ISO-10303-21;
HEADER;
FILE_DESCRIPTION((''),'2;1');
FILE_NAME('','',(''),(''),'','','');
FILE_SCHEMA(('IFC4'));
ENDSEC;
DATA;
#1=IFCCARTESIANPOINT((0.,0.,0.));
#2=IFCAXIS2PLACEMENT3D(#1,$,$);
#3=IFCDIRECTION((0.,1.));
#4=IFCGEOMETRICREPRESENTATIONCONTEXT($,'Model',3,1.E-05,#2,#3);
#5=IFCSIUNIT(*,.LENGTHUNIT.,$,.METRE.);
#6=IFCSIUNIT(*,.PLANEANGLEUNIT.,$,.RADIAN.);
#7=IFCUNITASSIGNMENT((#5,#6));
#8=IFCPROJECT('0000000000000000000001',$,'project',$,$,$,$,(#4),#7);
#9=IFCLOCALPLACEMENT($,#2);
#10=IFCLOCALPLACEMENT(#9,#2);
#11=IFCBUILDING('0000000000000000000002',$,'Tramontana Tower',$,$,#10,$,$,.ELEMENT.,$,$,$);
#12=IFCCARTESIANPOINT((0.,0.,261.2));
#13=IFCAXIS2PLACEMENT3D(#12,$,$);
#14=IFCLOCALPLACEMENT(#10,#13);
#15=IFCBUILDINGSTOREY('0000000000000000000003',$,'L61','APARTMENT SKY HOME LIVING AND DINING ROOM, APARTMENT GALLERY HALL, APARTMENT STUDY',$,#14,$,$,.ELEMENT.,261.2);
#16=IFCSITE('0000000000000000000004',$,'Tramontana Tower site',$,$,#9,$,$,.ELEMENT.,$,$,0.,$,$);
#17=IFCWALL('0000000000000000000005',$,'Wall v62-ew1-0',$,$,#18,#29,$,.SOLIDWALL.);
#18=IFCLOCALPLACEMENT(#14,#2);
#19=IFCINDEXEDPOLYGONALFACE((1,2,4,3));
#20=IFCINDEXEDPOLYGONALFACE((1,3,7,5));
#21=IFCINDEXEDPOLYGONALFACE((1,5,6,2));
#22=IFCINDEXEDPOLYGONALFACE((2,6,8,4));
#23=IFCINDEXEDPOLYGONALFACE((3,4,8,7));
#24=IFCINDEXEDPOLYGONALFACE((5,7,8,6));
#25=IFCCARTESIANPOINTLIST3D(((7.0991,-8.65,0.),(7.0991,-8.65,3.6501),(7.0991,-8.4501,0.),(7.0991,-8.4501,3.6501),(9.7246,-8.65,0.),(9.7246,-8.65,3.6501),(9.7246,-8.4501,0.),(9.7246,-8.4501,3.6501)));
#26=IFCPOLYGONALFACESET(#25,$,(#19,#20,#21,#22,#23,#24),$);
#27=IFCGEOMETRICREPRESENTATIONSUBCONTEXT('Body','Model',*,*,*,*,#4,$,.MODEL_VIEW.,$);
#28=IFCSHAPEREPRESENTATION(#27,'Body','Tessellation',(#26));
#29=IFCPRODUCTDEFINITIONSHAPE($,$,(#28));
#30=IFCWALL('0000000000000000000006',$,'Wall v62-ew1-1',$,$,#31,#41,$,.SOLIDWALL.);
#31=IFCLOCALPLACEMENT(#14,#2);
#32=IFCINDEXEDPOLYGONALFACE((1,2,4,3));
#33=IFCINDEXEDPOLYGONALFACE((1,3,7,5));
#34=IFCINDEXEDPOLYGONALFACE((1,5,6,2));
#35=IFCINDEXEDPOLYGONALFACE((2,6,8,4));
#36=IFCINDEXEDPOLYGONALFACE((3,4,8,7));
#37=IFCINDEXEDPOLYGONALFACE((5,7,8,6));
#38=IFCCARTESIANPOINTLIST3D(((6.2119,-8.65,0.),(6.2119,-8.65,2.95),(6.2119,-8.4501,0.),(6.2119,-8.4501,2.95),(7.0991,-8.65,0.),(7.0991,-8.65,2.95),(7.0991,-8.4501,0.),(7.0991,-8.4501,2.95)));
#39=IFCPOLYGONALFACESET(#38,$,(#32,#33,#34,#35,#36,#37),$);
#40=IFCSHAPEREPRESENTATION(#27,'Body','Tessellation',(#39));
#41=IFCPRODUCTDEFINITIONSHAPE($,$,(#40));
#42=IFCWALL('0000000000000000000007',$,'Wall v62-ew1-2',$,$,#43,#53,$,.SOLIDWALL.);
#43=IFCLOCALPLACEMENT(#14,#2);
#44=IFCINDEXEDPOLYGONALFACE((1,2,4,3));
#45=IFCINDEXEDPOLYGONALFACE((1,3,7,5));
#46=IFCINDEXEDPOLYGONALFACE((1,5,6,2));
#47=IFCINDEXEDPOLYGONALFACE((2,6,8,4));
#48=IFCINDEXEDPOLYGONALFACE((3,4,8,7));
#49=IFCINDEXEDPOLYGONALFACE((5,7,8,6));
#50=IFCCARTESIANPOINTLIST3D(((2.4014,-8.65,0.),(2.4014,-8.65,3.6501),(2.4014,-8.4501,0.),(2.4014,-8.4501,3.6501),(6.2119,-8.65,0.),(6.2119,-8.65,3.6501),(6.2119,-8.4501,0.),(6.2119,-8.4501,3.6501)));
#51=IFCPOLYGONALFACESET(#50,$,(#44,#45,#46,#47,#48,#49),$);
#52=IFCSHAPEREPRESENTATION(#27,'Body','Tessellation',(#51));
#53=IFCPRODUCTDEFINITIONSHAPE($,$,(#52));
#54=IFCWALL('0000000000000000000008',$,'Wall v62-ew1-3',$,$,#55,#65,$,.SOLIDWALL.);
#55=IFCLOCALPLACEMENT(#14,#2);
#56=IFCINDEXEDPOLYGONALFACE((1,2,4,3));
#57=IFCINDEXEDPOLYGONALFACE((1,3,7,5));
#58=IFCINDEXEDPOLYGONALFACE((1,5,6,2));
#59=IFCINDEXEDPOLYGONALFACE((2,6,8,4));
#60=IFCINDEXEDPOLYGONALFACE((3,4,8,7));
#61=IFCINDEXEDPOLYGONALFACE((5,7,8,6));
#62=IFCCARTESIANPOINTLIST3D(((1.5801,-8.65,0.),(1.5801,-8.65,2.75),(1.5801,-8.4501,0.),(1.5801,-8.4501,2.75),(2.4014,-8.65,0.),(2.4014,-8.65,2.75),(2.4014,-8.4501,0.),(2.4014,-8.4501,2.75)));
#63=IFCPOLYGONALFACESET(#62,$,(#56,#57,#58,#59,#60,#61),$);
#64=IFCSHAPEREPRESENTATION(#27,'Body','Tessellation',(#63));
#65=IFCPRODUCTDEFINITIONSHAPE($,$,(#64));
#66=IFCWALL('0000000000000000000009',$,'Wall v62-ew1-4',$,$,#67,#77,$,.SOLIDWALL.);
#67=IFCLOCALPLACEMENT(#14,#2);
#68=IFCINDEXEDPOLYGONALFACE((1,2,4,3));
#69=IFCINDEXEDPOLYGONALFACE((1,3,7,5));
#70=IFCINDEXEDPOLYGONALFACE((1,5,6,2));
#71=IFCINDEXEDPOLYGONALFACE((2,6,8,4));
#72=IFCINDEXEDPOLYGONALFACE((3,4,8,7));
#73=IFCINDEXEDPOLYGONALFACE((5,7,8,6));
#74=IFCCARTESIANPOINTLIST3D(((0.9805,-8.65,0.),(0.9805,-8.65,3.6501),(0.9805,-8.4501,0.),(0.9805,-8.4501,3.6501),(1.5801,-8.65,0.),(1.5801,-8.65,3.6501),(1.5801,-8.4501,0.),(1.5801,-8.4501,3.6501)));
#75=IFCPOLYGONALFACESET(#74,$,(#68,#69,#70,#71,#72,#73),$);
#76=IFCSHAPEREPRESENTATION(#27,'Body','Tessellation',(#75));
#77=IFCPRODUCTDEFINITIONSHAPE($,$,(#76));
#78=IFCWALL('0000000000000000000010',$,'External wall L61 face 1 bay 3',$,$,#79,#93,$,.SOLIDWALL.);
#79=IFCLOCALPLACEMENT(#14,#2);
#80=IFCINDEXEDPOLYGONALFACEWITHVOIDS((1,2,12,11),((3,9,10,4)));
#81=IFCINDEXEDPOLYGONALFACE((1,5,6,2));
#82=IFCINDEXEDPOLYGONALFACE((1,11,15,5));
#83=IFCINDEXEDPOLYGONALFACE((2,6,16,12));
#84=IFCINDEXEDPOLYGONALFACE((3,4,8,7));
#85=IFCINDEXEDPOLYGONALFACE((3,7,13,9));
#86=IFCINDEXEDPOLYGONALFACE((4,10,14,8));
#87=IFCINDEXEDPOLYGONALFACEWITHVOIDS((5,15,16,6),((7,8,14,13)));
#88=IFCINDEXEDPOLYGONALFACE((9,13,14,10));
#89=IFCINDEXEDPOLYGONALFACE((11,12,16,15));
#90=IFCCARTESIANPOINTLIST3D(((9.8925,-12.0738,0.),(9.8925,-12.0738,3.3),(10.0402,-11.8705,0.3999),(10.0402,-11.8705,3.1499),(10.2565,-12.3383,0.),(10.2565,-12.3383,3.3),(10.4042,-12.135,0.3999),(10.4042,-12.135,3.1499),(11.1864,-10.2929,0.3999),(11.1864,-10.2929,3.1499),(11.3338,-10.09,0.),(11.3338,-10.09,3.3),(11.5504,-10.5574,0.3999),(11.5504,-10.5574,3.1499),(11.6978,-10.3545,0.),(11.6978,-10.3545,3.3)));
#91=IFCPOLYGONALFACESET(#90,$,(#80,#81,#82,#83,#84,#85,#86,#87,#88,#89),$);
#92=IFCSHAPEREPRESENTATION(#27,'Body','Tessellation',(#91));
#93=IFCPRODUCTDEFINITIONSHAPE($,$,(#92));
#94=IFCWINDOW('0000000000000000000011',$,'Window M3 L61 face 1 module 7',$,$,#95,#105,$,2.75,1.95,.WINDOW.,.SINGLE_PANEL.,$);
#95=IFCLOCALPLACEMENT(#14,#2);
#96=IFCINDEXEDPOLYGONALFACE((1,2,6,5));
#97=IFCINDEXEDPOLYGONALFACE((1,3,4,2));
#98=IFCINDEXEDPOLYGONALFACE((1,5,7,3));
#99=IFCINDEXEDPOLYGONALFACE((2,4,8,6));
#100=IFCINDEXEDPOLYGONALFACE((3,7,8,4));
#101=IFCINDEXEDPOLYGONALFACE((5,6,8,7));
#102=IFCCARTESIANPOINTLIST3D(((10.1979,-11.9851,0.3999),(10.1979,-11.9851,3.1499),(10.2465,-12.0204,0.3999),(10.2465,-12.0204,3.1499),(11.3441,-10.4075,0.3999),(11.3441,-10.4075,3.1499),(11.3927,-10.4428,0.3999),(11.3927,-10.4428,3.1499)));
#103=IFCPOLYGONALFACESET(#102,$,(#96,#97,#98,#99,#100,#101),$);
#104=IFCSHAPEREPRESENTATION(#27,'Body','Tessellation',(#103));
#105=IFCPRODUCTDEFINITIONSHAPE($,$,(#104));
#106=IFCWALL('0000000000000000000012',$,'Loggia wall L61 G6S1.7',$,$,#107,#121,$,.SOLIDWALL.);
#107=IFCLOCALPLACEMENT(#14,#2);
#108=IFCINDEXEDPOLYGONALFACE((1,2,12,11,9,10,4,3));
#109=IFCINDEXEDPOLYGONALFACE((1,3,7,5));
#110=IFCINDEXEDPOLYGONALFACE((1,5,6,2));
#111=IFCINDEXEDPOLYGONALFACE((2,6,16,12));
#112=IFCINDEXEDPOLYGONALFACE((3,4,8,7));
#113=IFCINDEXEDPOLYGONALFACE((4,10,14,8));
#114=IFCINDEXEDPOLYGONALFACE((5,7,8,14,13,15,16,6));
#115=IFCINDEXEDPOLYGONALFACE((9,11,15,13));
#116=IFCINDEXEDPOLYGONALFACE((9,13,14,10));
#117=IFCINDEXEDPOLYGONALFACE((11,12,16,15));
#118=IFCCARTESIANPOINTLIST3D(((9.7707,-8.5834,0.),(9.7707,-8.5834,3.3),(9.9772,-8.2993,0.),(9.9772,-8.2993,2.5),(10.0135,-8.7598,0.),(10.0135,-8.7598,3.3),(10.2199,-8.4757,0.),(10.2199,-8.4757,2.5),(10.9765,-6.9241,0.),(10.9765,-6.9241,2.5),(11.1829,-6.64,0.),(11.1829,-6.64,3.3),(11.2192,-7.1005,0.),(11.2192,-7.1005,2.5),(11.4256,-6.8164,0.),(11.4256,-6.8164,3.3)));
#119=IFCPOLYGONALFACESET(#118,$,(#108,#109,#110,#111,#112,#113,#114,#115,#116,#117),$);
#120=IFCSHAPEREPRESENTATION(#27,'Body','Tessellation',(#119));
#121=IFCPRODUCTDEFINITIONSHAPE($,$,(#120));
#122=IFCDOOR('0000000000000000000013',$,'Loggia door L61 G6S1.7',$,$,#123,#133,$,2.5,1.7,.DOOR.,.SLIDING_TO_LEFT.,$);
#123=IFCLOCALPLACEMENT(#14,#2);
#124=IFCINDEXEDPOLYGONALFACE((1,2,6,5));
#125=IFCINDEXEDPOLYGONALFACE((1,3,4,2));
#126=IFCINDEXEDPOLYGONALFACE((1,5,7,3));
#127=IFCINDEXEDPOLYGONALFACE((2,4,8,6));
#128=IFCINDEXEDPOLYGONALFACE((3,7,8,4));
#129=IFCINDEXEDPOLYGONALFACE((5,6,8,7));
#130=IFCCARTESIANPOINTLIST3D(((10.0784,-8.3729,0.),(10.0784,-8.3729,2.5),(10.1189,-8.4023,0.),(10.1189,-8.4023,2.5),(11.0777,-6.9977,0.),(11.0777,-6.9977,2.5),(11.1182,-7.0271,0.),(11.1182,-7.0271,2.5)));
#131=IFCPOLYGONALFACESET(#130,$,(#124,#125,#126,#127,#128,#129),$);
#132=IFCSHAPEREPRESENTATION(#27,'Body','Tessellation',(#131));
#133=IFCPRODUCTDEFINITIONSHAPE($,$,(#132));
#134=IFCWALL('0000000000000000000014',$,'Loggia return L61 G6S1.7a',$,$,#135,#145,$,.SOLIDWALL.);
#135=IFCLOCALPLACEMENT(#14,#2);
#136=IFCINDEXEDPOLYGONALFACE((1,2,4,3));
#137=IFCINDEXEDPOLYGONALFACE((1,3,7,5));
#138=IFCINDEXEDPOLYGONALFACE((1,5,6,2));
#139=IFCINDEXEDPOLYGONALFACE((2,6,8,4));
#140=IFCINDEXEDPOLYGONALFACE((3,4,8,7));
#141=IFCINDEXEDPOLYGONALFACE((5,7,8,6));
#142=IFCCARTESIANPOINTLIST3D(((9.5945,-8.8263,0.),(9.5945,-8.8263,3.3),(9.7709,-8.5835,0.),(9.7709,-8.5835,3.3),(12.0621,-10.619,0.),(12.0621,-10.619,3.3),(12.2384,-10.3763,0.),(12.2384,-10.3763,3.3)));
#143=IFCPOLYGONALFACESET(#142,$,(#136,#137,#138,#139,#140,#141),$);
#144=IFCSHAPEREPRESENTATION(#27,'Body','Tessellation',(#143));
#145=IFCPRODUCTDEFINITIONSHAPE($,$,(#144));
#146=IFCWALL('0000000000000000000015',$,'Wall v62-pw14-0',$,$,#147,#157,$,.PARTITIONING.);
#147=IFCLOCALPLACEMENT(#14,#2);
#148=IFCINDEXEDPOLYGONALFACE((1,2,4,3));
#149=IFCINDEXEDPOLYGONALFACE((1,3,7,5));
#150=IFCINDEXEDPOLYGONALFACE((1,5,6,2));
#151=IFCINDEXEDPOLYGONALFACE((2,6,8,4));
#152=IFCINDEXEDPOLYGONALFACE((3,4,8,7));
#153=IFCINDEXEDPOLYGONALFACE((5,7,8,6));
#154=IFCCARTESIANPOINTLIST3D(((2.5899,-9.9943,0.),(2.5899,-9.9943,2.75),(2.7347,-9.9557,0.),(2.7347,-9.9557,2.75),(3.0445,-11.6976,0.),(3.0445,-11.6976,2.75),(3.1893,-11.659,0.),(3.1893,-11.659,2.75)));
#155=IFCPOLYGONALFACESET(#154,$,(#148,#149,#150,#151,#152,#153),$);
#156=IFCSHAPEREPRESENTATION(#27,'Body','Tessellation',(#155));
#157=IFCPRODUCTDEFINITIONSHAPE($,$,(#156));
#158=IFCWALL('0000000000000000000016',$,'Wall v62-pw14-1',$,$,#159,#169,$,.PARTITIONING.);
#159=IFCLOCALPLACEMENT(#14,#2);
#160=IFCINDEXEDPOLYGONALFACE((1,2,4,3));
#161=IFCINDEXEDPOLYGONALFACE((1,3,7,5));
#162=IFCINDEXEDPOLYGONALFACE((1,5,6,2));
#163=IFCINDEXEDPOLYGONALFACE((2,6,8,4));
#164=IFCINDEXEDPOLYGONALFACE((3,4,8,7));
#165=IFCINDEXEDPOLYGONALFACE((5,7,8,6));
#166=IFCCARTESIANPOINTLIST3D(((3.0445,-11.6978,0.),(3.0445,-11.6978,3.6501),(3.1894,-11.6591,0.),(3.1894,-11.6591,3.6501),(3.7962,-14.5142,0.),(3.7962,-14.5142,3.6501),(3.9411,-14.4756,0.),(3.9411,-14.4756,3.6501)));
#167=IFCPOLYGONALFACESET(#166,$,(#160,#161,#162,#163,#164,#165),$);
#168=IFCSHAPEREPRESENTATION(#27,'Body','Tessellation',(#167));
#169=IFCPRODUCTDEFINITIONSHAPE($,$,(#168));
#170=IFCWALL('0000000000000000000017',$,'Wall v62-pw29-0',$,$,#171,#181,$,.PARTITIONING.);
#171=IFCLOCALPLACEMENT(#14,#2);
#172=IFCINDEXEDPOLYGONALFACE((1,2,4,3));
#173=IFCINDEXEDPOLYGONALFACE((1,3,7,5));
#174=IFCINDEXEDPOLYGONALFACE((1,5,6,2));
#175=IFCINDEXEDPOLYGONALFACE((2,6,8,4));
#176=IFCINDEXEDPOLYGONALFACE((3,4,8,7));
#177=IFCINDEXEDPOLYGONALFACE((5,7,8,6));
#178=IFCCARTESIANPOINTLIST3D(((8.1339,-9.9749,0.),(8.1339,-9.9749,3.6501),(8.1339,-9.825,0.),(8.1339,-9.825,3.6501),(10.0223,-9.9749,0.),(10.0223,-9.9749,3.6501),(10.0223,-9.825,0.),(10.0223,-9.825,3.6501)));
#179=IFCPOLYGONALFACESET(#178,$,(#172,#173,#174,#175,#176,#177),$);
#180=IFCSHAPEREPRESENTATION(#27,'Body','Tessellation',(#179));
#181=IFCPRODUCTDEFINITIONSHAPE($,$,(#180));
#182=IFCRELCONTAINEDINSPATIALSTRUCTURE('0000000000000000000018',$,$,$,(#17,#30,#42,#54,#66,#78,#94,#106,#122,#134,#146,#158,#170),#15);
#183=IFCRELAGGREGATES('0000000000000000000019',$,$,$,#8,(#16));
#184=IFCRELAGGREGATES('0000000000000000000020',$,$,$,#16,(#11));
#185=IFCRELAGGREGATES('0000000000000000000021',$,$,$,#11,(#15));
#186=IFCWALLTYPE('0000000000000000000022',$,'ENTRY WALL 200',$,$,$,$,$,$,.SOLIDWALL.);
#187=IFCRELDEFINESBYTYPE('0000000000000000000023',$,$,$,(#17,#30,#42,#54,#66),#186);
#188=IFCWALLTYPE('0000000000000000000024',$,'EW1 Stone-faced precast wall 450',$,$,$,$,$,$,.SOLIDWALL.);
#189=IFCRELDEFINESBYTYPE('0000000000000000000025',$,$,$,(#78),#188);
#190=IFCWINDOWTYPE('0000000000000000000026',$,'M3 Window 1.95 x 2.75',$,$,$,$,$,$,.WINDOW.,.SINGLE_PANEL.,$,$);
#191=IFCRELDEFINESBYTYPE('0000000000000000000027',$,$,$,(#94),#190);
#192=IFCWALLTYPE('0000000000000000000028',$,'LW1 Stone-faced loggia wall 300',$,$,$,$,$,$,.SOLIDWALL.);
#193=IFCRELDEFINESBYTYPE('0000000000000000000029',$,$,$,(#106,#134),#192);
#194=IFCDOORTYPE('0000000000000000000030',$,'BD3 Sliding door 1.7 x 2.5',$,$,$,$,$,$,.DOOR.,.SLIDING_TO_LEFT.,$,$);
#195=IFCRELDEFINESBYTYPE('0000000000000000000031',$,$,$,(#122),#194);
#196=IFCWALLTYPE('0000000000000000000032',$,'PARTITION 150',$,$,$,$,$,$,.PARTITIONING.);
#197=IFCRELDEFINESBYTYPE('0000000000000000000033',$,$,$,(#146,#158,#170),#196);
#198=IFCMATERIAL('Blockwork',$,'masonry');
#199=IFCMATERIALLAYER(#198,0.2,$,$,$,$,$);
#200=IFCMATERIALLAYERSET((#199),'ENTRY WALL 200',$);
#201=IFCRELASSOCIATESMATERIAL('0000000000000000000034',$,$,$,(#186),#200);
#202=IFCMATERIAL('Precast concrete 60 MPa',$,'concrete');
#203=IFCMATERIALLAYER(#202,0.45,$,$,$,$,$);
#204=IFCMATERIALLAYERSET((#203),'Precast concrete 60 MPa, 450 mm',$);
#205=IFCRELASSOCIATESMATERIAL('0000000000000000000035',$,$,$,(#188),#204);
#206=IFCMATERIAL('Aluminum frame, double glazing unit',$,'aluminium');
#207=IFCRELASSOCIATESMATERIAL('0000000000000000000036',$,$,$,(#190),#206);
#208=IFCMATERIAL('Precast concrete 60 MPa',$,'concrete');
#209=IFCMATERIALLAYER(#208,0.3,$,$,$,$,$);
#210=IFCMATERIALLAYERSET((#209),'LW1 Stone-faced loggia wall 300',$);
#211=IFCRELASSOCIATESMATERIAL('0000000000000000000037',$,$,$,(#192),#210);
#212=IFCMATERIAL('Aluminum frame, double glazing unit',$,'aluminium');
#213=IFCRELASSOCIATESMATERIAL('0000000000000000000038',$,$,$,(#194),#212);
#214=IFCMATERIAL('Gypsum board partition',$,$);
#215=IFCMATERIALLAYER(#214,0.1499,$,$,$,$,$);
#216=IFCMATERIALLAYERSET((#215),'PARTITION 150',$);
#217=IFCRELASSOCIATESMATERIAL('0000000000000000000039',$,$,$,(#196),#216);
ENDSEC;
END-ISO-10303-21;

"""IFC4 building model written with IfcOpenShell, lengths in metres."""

from ifc_helpers import new_model, si_unit, direction, frame, frame_2d, origin, place, context, subcontext, project, spatial, rectangle, extrude, material, layer, layer_set, type_object, element, fill, save


model = new_model("IFC4")

# Units and contexts
model_context = context("Model", 3, precision=1e-05, world=origin(), true_north=direction((0.0, 1.0)))
body_context = subcontext(model_context, "Body", "Model", "MODEL_VIEW")
ifc_project = project(units=[si_unit("LENGTHUNIT", "METRE"), si_unit("PLANEANGLEUNIT", "RADIAN")], contexts=[model_context])

# Site, building, storey
site_placement = place(None, origin())
site = spatial("IfcSite", under=ifc_project, at=site_placement, Name="Tramontana Tower site", CompositionType="ELEMENT", RefElevation=0.0)
building_placement = place(site_placement, origin())
building = spatial("IfcBuilding", under=site, at=building_placement, Name="Tramontana Tower", CompositionType="ELEMENT")
storey_placement = place(building_placement, frame((0.0, 0.0, 261.2)))
storey = spatial("IfcBuildingStorey", under=building, at=storey_placement, Name="L61", Description="APARTMENT SKY HOME LIVING AND DINING ROOM, APARTMENT GALLERY HALL, APARTMENT STUDY", CompositionType="ELEMENT", Elevation=261.2)

# Walls
ifc_material_1 = material(Name="Blockwork", Category="masonry")
ifc_layer_1 = layer(ifc_material_1, 0.2)
ifc_layer_set_1 = layer_set([ifc_layer_1], Name="ENTRY WALL 200")
wall_type_1 = type_object("IfcWallType", Name="ENTRY WALL 200", PredefinedType="SOLIDWALL", material=ifc_layer_set_1)
wall_1_placement = place(storey_placement, frame((9.7246, -8.55, 0.0), z_axis=(0.0, 0.0, 1.0), x_axis=(-1.0, 0.0, 0.0)))
element("IfcWall", 1, at=wall_1_placement, inside=storey, type_object=wall_type_1, Name="Wall v62-ew1-0", PredefinedType="SOLIDWALL", context=body_context, shape_type="SweptSolid", body=[
    extrude(rectangle(XDim=2.6255, YDim=0.2, at=frame_2d((1.3127, 0.0))), origin(), (0.0, 0.0, 1.0), 3.6501),
])
wall_2_placement = place(storey_placement, frame((7.0991, -8.55, 0.0), z_axis=(0.0, 0.0, 1.0), x_axis=(-1.0, 0.0, 0.0)))
element("IfcWall", 2, at=wall_2_placement, inside=storey, type_object=wall_type_1, Name="Wall v62-ew1-1", PredefinedType="SOLIDWALL", context=body_context, shape_type="SweptSolid", body=[
    extrude(rectangle(XDim=0.8872, YDim=0.2, at=frame_2d((0.4436, 0.0))), origin(), (0.0, 0.0, 1.0), 2.95),
])
wall_3_placement = place(storey_placement, frame((6.2119, -8.55, 0.0), z_axis=(0.0, 0.0, 1.0), x_axis=(-1.0, 0.0, 0.0)))
element("IfcWall", 3, at=wall_3_placement, inside=storey, type_object=wall_type_1, Name="Wall v62-ew1-2", PredefinedType="SOLIDWALL", context=body_context, shape_type="SweptSolid", body=[
    extrude(rectangle(XDim=3.8105, YDim=0.2, at=frame_2d((1.9053, 0.0))), origin(), (0.0, 0.0, 1.0), 3.6501),
])
wall_4_placement = place(storey_placement, frame((2.4014, -8.55, 0.0), z_axis=(0.0, 0.0, 1.0), x_axis=(-1.0, 0.0, 0.0)))
element("IfcWall", 4, at=wall_4_placement, inside=storey, type_object=wall_type_1, Name="Wall v62-ew1-3", PredefinedType="SOLIDWALL", context=body_context, shape_type="SweptSolid", body=[
    extrude(rectangle(XDim=0.8213, YDim=0.2, at=frame_2d((0.4106, 0.0))), origin(), (0.0, 0.0, 1.0), 2.75),
])
wall_5_placement = place(storey_placement, frame((1.5801, -8.55, 0.0), z_axis=(0.0, 0.0, 1.0), x_axis=(-1.0, 0.0, 0.0)))
element("IfcWall", 5, at=wall_5_placement, inside=storey, type_object=wall_type_1, Name="Wall v62-ew1-4", PredefinedType="SOLIDWALL", context=body_context, shape_type="SweptSolid", body=[
    extrude(rectangle(XDim=0.5996, YDim=0.2, at=frame_2d((0.2998, 0.0))), origin(), (0.0, 0.0, 1.0), 3.6501),
])

# Wall, opening, window
ifc_material_2 = material(Name="Precast concrete 60 MPa", Category="concrete")
ifc_layer_2 = layer(ifc_material_2, 0.45)
ifc_layer_set_2 = layer_set([ifc_layer_2], Name="Precast concrete 60 MPa, 450 mm")
wall_type_2 = type_object("IfcWallType", Name="EW1 Stone-faced precast wall 450", PredefinedType="SOLIDWALL", material=ifc_layer_set_2)
wall_6_placement = place(storey_placement, frame((10.0745, -12.2061, 0.0), z_axis=(0.0, 0.0, 1.0), x_axis=(0.587793, 0.809012, 0.0)))
wall_6 = element("IfcWall", 6, at=wall_6_placement, inside=storey, type_object=wall_type_2, Name="External wall L61 face 1 bay 3", PredefinedType="SOLIDWALL", context=body_context, shape_type="SweptSolid", body=[
    extrude(rectangle(XDim=2.4521, YDim=0.45, at=frame_2d((1.2261, 0.0))), origin(), (0.0, 0.0, 1.0), 3.3),
])
opening_1_placement = place(wall_6_placement, frame((0.2512, 0.0, 0.3999)))
opening_1 = element("IfcOpeningElement", 7, at=opening_1_placement, cuts=wall_6, PredefinedType="OPENING", context=body_context, shape_type="SweptSolid", body=[
    extrude(rectangle(XDim=1.95, YDim=2.75, at=frame_2d((0.9751, 1.375))), frame((0.0, 0.2349, 0.0), z_axis=(0.0, -1.0, 0.0), x_axis=(1.0, 0.0, 0.0)), (0.0, 0.0, 1.0), 0.47),
])
ifc_material_3 = material(Name="Aluminum frame, double glazing unit", Category="aluminium")
window_type = type_object("IfcWindowType", Name="M3 Window 1.95 x 2.75", PartitioningType="SINGLE_PANEL", PredefinedType="WINDOW", material=ifc_material_3)
window_placement = place(opening_1_placement, origin())
window = element("IfcWindow", 8, at=window_placement, inside=storey, type_object=window_type, Name="Window M3 L61 face 1 module 7", OverallHeight=2.75, OverallWidth=1.95, PartitioningType="SINGLE_PANEL", PredefinedType="WINDOW", context=body_context, shape_type="SweptSolid", body=[
    extrude(rectangle(XDim=1.95, YDim=2.75, at=frame_2d((0.9751, 1.375))), frame((0.0, 0.03, 0.0), z_axis=(0.0, -1.0, 0.0), x_axis=(1.0, 0.0, 0.0)), (0.0, 0.0, 1.0), 0.0601),
])
fill(opening_1, window)

# Wall, opening, door
ifc_material_4 = material(Name="Precast concrete 60 MPa", Category="concrete")
ifc_layer_3 = layer(ifc_material_4, 0.3)
ifc_layer_set_3 = layer_set([ifc_layer_3], Name="LW1 Stone-faced loggia wall 300")
wall_type_3 = type_object("IfcWallType", Name="LW1 Stone-faced loggia wall 300", PredefinedType="SOLIDWALL", material=ifc_layer_set_3)
wall_7_placement = place(storey_placement, frame((9.8921, -8.6716, 0.0), z_axis=(0.0, 0.0, 1.0), x_axis=(0.587833, 0.808982, 0.0)))
wall_7 = element("IfcWall", 9, at=wall_7_placement, inside=storey, type_object=wall_type_3, Name="Loggia wall L61 G6S1.7", PredefinedType="SOLIDWALL", context=body_context, shape_type="SweptSolid", body=[
    extrude(rectangle(XDim=2.4023, YDim=0.3, at=frame_2d((1.2012, 0.0))), origin(), (0.0, 0.0, 1.0), 3.3),
])
opening_2_placement = place(wall_7_placement, frame((0.3511, 0.0, 0.0)))
opening_2 = element("IfcOpeningElement", 10, at=opening_2_placement, cuts=wall_7, PredefinedType="OPENING", context=body_context, shape_type="SweptSolid", body=[
    extrude(rectangle(XDim=1.7, YDim=2.5, at=frame_2d((0.8501, 1.25))), frame((0.0, 0.1599, 0.0), z_axis=(0.0, -1.0, 0.0), x_axis=(1.0, 0.0, 0.0)), (0.0, 0.0, 1.0), 0.3201),
])
ifc_material_5 = material(Name="Aluminum frame, double glazing unit", Category="aluminium")
door_type_1 = type_object("IfcDoorType", Name="BD3 Sliding door 1.7 x 2.5", OperationType="SLIDING_TO_LEFT", PredefinedType="DOOR", material=ifc_material_5)
door_1_placement = place(opening_2_placement, origin())
door_1 = element("IfcDoor", 11, at=door_1_placement, inside=storey, type_object=door_type_1, Name="Loggia door L61 G6S1.7", OperationType="SLIDING_TO_LEFT", OverallHeight=2.5, OverallWidth=1.7, PredefinedType="DOOR", context=body_context, shape_type="SweptSolid", body=[
    extrude(rectangle(XDim=1.7, YDim=2.5, at=frame_2d((0.8501, 1.25))), frame((0.0, 0.0249, 0.0), z_axis=(0.0, -1.0, 0.0), x_axis=(1.0, 0.0, 0.0)), (0.0, 0.0, 1.0), 0.05),
])
fill(opening_2, door_1)

# Wall
wall_8_placement = place(storey_placement, frame((12.1501, -10.4976, 0.0), z_axis=(0.0, 0.0, 1.0), x_axis=(-0.809023, 0.587777, 0.0)))
element("IfcWall", 12, at=wall_8_placement, inside=storey, type_object=wall_type_3, Name="Loggia return L61 G6S1.7a", PredefinedType="SOLIDWALL", context=body_context, shape_type="SweptSolid", body=[
    extrude(rectangle(XDim=3.05, YDim=0.3, at=frame_2d((1.5249, 0.0))), origin(), (0.0, 0.0, 1.0), 3.3),
])

# Shared definitions
ifc_material_6 = material(Name="Gypsum board partition")
ifc_layer_4 = layer(ifc_material_6, 0.1499)
ifc_layer_set_4 = layer_set([ifc_layer_4], Name="PARTITION 150")
wall_type_4 = type_object("IfcWallType", Name="PARTITION 150", PredefinedType="PARTITIONING", material=ifc_layer_set_4)

# Walls
wall_9_placement = place(storey_placement, frame((2.6624, -9.9751, 0.0), z_axis=(0.0, 0.0, 1.0), x_axis=(0.257852, -0.966184, 0.0)))
element("IfcWall", 13, at=wall_9_placement, inside=storey, type_object=wall_type_4, Name="Wall v62-pw14-0", PredefinedType="PARTITIONING", context=body_context, shape_type="SweptSolid", body=[
    extrude(rectangle(XDim=1.7629, YDim=0.1499, at=frame_2d((0.8813, 0.0))), origin(), (0.0, 0.0, 1.0), 2.75),
])
wall_10_placement = place(storey_placement, frame((3.1169, -11.6785, 0.0), z_axis=(0.0, 0.0, 1.0), x_axis=(0.257876, -0.966178, 0.0)))
element("IfcWall", 14, at=wall_10_placement, inside=storey, type_object=wall_type_4, Name="Wall v62-pw14-1", PredefinedType="PARTITIONING", context=body_context, shape_type="SweptSolid", body=[
    extrude(rectangle(XDim=2.915, YDim=0.1499, at=frame_2d((1.4575, 0.0))), origin(), (0.0, 0.0, 1.0), 3.6501),
])

# Wall
wall_11_placement = place(storey_placement, frame((10.0225, -9.8999, 0.0), z_axis=(0.0, 0.0, 1.0), x_axis=(-1.0, 0.0, 0.0)))
element("IfcWall", 15, at=wall_11_placement, inside=storey, type_object=wall_type_4, Name="Wall v62-pw29-0", PredefinedType="PARTITIONING", context=body_context, shape_type="SweptSolid", body=[
    extrude(rectangle(XDim=1.8884, YDim=0.1499, at=frame_2d((0.9443, 0.0))), origin(), (0.0, 0.0, 1.0), 3.6501),
])

save(model, "model.ifc")
